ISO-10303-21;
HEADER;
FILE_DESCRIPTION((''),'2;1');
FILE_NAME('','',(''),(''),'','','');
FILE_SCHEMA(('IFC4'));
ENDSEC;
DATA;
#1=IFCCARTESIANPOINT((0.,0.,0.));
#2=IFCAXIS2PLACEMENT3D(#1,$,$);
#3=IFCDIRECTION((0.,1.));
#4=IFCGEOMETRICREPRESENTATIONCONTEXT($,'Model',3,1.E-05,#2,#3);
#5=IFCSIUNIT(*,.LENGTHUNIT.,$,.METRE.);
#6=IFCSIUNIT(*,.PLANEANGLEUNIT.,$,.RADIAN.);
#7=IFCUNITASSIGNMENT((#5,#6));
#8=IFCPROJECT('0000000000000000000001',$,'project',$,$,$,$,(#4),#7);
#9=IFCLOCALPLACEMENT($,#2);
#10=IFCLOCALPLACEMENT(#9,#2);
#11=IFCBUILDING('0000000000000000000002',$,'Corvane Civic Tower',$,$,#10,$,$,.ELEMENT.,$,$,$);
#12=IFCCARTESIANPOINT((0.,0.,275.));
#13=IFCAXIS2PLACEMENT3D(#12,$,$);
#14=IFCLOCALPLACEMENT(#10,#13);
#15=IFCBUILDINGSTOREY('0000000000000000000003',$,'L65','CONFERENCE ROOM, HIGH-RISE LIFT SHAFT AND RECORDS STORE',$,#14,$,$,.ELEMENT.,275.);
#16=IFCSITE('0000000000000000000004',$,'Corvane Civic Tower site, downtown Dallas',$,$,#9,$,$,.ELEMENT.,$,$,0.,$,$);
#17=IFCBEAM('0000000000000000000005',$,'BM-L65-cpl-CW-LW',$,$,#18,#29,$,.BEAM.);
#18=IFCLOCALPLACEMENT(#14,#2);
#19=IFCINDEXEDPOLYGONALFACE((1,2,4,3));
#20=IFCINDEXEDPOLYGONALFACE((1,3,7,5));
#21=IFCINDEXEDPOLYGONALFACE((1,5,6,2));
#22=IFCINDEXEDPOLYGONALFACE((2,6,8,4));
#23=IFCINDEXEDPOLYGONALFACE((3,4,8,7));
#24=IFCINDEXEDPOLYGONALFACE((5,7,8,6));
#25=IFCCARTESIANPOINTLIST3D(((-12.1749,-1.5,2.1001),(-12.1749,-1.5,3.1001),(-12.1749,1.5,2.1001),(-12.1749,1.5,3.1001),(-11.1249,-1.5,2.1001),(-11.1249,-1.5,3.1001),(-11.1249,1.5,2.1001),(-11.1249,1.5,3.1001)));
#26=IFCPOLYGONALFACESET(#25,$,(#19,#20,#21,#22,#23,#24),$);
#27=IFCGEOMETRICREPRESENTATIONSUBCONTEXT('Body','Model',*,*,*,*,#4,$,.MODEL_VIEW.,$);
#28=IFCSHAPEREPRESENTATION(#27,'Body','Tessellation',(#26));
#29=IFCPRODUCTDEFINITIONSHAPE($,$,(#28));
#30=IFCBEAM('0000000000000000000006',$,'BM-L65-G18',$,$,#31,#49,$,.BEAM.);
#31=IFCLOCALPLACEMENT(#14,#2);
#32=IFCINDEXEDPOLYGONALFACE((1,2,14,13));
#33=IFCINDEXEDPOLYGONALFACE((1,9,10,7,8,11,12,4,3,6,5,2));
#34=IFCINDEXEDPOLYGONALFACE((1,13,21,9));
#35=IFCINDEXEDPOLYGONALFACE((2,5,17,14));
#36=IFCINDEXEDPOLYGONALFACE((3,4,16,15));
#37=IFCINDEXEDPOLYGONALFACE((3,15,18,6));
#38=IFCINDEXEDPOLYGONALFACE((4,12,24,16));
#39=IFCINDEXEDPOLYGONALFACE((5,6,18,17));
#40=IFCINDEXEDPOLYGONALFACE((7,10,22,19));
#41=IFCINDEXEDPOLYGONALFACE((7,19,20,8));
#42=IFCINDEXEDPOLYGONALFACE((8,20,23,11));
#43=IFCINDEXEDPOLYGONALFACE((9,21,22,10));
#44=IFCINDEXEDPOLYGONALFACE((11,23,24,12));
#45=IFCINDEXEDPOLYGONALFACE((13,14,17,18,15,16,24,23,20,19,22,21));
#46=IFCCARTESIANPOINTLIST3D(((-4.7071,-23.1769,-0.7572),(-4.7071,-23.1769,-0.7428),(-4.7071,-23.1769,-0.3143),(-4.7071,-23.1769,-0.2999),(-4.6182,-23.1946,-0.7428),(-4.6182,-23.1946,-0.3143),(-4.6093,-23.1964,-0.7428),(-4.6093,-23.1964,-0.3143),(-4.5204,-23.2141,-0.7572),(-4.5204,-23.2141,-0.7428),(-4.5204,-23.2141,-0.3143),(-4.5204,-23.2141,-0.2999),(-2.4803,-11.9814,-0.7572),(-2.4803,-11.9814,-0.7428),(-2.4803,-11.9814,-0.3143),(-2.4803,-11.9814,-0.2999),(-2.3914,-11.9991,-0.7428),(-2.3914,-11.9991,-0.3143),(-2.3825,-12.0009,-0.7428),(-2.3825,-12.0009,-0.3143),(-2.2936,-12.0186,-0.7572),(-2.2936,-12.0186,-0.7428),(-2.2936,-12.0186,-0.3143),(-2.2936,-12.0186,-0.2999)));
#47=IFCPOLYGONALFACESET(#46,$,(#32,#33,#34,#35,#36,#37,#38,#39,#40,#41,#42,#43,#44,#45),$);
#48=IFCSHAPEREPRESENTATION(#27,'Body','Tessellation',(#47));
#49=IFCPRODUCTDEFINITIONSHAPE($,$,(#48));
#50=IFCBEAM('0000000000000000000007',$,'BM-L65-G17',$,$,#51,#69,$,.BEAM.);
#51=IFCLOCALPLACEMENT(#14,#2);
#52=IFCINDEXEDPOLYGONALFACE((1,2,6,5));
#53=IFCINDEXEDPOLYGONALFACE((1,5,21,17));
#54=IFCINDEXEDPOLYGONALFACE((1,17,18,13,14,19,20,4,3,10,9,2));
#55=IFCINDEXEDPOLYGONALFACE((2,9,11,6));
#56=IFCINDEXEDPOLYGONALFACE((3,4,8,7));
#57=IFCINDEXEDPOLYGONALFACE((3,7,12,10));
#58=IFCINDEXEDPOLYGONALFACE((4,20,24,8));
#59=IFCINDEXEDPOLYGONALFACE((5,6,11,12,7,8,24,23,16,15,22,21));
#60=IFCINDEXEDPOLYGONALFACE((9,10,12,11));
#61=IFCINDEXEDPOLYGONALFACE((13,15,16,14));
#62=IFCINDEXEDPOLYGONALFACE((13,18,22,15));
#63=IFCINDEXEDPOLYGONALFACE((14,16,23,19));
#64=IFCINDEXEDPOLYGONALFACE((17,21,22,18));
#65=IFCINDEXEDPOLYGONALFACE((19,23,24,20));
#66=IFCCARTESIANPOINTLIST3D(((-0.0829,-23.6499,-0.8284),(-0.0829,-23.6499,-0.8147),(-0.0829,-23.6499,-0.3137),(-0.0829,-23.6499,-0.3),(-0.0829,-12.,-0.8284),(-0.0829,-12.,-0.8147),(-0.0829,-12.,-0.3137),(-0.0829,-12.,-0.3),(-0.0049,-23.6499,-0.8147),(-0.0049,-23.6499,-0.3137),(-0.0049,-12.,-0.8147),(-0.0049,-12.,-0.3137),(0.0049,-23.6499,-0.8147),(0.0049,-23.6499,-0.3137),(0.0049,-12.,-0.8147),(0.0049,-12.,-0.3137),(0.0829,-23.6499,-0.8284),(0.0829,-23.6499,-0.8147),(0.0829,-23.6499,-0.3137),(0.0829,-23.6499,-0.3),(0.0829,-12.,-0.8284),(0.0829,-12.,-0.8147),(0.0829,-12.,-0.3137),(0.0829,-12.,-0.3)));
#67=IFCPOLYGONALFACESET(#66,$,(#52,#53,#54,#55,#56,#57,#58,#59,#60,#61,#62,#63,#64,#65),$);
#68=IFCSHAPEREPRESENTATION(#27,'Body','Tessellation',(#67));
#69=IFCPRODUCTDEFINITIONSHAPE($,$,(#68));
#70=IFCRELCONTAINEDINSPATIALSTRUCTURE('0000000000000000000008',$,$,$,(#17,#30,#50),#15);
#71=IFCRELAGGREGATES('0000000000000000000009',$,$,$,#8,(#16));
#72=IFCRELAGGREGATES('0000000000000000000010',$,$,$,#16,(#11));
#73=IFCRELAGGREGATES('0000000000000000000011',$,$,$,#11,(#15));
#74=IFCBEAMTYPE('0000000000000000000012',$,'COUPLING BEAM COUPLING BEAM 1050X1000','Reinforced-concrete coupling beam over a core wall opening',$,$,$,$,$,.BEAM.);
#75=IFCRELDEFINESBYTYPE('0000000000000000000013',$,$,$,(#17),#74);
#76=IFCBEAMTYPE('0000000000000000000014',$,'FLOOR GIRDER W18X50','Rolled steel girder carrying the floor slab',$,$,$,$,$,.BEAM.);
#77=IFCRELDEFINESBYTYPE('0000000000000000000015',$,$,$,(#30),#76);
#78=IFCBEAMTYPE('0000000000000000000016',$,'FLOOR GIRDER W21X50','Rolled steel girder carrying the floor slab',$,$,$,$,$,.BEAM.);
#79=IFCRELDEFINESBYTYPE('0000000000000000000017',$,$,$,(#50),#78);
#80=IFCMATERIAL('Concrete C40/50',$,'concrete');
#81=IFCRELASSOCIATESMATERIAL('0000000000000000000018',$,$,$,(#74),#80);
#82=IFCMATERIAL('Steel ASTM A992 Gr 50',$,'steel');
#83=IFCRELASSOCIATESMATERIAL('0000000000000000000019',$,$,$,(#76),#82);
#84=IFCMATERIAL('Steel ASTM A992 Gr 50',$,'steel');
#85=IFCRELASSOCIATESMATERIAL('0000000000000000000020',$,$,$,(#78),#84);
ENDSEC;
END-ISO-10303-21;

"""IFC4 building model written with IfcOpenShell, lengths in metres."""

from ifc_helpers import new_model, si_unit, direction, frame, origin, origin_2d, place, context, subcontext, project, spatial, rectangle, i_section, extrude, material, material_profile, profile_set, type_object, element, save


model = new_model("IFC4")

# Units and contexts
model_context = context("Model", 3, precision=1e-05, world=origin(), true_north=direction((0.0, 1.0)))
body_context = subcontext(model_context, "Body", "Model", "MODEL_VIEW")
ifc_project = project(units=[si_unit("LENGTHUNIT", "METRE"), si_unit("PLANEANGLEUNIT", "RADIAN")], contexts=[model_context])

# Site, building, storey
site_placement = place(None, origin())
site = spatial("IfcSite", under=ifc_project, at=site_placement, Name="Corvane Civic Tower site, downtown Dallas", CompositionType="ELEMENT", RefElevation=0.0)
building_placement = place(site_placement, origin())
building = spatial("IfcBuilding", under=site, at=building_placement, Name="Corvane Civic Tower", CompositionType="ELEMENT")
storey_placement = place(building_placement, frame((0.0, 0.0, 275.0)))
storey = spatial("IfcBuildingStorey", under=building, at=storey_placement, Name="L65", Description="CONFERENCE ROOM, HIGH-RISE LIFT SHAFT AND RECORDS STORE", CompositionType="ELEMENT", Elevation=275.0)

# Beams
ifc_material_1 = material(Name="Concrete C40/50", Category="concrete")
ifc_material_profile_1 = material_profile(ifc_material_1, rectangle(XDim=1.05, YDim=1.0, at=origin_2d()), Name="COUPLING BEAM 1050X1000")
ifc_profile_set_1 = profile_set([ifc_material_profile_1], Name="Concrete C40/50")
beam_type_1 = type_object("IfcBeamType", Name="COUPLING BEAM COUPLING BEAM 1050X1000", Description="Reinforced-concrete coupling beam over a core wall opening", PredefinedType="BEAM", material=ifc_profile_set_1)
beam_1_placement = place(storey_placement, frame((-11.6499, -1.5, 2.6001), z_axis=(0.0, 1.0, 0.0), x_axis=(-1.0, 0.0, 0.0)))
element("IfcBeam", 1, at=beam_1_placement, inside=storey, type_object=beam_type_1, Name="BM-L65-cpl-CW-LW", PredefinedType="BEAM", context=body_context, shape_type="SweptSolid", body=[
    extrude(rectangle(XDim=1.05, YDim=1.0, at=origin_2d()), origin(), (0.0, 0.0, 1.0), 3.0),
])
ifc_material_2 = material(Name="Steel ASTM A992 Gr 50", Category="steel")
ifc_material_profile_2 = material_profile(ifc_material_2, i_section(OverallWidth=0.1904, OverallDepth=0.4573, WebThickness=0.009, FlangeThickness=0.0144, at=origin_2d()), Name="W18X50")
ifc_profile_set_2 = profile_set([ifc_material_profile_2], Name="Steel ASTM A992 Gr 50")
beam_type_2 = type_object("IfcBeamType", Name="FLOOR GIRDER W18X50", Description="Rolled steel girder carrying the floor slab", PredefinedType="BEAM", material=ifc_profile_set_2)
beam_2_placement = place(storey_placement, frame((-2.387, -12.0, -0.5286), z_axis=(-0.19508, -0.980787, 0.0), x_axis=(0.980787, -0.19508, 0.0)))
element("IfcBeam", 2, at=beam_2_placement, inside=storey, type_object=beam_type_2, Name="BM-L65-G18", PredefinedType="BEAM", context=body_context, shape_type="SweptSolid", body=[
    extrude(i_section(OverallWidth=0.1904, OverallDepth=0.4573, WebThickness=0.009, FlangeThickness=0.0144, at=origin_2d()), origin(), (0.0, 0.0, 1.0), 11.4148),
])
ifc_material_3 = material(Name="Steel ASTM A992 Gr 50", Category="steel")
ifc_material_profile_3 = material_profile(ifc_material_3, i_section(OverallWidth=0.1658, OverallDepth=0.5283, WebThickness=0.0098, FlangeThickness=0.0137, at=origin_2d()), Name="W21X50")
ifc_profile_set_3 = profile_set([ifc_material_profile_3], Name="Steel ASTM A992 Gr 50")
beam_type_3 = type_object("IfcBeamType", Name="FLOOR GIRDER W21X50", Description="Rolled steel girder carrying the floor slab", PredefinedType="BEAM", material=ifc_profile_set_3)
beam_3_placement = place(storey_placement, frame((0.0, -12.0, -0.5642), z_axis=(0.0, -1.0, 0.0), x_axis=(1.0, 0.0, 0.0)))
element("IfcBeam", 3, at=beam_3_placement, inside=storey, type_object=beam_type_3, Name="BM-L65-G17", PredefinedType="BEAM", context=body_context, shape_type="SweptSolid", body=[
    extrude(i_section(OverallWidth=0.1658, OverallDepth=0.5283, WebThickness=0.0098, FlangeThickness=0.0137, at=origin_2d()), origin(), (0.0, 0.0, 1.0), 11.6499),
])

save(model, "model.ifc")
